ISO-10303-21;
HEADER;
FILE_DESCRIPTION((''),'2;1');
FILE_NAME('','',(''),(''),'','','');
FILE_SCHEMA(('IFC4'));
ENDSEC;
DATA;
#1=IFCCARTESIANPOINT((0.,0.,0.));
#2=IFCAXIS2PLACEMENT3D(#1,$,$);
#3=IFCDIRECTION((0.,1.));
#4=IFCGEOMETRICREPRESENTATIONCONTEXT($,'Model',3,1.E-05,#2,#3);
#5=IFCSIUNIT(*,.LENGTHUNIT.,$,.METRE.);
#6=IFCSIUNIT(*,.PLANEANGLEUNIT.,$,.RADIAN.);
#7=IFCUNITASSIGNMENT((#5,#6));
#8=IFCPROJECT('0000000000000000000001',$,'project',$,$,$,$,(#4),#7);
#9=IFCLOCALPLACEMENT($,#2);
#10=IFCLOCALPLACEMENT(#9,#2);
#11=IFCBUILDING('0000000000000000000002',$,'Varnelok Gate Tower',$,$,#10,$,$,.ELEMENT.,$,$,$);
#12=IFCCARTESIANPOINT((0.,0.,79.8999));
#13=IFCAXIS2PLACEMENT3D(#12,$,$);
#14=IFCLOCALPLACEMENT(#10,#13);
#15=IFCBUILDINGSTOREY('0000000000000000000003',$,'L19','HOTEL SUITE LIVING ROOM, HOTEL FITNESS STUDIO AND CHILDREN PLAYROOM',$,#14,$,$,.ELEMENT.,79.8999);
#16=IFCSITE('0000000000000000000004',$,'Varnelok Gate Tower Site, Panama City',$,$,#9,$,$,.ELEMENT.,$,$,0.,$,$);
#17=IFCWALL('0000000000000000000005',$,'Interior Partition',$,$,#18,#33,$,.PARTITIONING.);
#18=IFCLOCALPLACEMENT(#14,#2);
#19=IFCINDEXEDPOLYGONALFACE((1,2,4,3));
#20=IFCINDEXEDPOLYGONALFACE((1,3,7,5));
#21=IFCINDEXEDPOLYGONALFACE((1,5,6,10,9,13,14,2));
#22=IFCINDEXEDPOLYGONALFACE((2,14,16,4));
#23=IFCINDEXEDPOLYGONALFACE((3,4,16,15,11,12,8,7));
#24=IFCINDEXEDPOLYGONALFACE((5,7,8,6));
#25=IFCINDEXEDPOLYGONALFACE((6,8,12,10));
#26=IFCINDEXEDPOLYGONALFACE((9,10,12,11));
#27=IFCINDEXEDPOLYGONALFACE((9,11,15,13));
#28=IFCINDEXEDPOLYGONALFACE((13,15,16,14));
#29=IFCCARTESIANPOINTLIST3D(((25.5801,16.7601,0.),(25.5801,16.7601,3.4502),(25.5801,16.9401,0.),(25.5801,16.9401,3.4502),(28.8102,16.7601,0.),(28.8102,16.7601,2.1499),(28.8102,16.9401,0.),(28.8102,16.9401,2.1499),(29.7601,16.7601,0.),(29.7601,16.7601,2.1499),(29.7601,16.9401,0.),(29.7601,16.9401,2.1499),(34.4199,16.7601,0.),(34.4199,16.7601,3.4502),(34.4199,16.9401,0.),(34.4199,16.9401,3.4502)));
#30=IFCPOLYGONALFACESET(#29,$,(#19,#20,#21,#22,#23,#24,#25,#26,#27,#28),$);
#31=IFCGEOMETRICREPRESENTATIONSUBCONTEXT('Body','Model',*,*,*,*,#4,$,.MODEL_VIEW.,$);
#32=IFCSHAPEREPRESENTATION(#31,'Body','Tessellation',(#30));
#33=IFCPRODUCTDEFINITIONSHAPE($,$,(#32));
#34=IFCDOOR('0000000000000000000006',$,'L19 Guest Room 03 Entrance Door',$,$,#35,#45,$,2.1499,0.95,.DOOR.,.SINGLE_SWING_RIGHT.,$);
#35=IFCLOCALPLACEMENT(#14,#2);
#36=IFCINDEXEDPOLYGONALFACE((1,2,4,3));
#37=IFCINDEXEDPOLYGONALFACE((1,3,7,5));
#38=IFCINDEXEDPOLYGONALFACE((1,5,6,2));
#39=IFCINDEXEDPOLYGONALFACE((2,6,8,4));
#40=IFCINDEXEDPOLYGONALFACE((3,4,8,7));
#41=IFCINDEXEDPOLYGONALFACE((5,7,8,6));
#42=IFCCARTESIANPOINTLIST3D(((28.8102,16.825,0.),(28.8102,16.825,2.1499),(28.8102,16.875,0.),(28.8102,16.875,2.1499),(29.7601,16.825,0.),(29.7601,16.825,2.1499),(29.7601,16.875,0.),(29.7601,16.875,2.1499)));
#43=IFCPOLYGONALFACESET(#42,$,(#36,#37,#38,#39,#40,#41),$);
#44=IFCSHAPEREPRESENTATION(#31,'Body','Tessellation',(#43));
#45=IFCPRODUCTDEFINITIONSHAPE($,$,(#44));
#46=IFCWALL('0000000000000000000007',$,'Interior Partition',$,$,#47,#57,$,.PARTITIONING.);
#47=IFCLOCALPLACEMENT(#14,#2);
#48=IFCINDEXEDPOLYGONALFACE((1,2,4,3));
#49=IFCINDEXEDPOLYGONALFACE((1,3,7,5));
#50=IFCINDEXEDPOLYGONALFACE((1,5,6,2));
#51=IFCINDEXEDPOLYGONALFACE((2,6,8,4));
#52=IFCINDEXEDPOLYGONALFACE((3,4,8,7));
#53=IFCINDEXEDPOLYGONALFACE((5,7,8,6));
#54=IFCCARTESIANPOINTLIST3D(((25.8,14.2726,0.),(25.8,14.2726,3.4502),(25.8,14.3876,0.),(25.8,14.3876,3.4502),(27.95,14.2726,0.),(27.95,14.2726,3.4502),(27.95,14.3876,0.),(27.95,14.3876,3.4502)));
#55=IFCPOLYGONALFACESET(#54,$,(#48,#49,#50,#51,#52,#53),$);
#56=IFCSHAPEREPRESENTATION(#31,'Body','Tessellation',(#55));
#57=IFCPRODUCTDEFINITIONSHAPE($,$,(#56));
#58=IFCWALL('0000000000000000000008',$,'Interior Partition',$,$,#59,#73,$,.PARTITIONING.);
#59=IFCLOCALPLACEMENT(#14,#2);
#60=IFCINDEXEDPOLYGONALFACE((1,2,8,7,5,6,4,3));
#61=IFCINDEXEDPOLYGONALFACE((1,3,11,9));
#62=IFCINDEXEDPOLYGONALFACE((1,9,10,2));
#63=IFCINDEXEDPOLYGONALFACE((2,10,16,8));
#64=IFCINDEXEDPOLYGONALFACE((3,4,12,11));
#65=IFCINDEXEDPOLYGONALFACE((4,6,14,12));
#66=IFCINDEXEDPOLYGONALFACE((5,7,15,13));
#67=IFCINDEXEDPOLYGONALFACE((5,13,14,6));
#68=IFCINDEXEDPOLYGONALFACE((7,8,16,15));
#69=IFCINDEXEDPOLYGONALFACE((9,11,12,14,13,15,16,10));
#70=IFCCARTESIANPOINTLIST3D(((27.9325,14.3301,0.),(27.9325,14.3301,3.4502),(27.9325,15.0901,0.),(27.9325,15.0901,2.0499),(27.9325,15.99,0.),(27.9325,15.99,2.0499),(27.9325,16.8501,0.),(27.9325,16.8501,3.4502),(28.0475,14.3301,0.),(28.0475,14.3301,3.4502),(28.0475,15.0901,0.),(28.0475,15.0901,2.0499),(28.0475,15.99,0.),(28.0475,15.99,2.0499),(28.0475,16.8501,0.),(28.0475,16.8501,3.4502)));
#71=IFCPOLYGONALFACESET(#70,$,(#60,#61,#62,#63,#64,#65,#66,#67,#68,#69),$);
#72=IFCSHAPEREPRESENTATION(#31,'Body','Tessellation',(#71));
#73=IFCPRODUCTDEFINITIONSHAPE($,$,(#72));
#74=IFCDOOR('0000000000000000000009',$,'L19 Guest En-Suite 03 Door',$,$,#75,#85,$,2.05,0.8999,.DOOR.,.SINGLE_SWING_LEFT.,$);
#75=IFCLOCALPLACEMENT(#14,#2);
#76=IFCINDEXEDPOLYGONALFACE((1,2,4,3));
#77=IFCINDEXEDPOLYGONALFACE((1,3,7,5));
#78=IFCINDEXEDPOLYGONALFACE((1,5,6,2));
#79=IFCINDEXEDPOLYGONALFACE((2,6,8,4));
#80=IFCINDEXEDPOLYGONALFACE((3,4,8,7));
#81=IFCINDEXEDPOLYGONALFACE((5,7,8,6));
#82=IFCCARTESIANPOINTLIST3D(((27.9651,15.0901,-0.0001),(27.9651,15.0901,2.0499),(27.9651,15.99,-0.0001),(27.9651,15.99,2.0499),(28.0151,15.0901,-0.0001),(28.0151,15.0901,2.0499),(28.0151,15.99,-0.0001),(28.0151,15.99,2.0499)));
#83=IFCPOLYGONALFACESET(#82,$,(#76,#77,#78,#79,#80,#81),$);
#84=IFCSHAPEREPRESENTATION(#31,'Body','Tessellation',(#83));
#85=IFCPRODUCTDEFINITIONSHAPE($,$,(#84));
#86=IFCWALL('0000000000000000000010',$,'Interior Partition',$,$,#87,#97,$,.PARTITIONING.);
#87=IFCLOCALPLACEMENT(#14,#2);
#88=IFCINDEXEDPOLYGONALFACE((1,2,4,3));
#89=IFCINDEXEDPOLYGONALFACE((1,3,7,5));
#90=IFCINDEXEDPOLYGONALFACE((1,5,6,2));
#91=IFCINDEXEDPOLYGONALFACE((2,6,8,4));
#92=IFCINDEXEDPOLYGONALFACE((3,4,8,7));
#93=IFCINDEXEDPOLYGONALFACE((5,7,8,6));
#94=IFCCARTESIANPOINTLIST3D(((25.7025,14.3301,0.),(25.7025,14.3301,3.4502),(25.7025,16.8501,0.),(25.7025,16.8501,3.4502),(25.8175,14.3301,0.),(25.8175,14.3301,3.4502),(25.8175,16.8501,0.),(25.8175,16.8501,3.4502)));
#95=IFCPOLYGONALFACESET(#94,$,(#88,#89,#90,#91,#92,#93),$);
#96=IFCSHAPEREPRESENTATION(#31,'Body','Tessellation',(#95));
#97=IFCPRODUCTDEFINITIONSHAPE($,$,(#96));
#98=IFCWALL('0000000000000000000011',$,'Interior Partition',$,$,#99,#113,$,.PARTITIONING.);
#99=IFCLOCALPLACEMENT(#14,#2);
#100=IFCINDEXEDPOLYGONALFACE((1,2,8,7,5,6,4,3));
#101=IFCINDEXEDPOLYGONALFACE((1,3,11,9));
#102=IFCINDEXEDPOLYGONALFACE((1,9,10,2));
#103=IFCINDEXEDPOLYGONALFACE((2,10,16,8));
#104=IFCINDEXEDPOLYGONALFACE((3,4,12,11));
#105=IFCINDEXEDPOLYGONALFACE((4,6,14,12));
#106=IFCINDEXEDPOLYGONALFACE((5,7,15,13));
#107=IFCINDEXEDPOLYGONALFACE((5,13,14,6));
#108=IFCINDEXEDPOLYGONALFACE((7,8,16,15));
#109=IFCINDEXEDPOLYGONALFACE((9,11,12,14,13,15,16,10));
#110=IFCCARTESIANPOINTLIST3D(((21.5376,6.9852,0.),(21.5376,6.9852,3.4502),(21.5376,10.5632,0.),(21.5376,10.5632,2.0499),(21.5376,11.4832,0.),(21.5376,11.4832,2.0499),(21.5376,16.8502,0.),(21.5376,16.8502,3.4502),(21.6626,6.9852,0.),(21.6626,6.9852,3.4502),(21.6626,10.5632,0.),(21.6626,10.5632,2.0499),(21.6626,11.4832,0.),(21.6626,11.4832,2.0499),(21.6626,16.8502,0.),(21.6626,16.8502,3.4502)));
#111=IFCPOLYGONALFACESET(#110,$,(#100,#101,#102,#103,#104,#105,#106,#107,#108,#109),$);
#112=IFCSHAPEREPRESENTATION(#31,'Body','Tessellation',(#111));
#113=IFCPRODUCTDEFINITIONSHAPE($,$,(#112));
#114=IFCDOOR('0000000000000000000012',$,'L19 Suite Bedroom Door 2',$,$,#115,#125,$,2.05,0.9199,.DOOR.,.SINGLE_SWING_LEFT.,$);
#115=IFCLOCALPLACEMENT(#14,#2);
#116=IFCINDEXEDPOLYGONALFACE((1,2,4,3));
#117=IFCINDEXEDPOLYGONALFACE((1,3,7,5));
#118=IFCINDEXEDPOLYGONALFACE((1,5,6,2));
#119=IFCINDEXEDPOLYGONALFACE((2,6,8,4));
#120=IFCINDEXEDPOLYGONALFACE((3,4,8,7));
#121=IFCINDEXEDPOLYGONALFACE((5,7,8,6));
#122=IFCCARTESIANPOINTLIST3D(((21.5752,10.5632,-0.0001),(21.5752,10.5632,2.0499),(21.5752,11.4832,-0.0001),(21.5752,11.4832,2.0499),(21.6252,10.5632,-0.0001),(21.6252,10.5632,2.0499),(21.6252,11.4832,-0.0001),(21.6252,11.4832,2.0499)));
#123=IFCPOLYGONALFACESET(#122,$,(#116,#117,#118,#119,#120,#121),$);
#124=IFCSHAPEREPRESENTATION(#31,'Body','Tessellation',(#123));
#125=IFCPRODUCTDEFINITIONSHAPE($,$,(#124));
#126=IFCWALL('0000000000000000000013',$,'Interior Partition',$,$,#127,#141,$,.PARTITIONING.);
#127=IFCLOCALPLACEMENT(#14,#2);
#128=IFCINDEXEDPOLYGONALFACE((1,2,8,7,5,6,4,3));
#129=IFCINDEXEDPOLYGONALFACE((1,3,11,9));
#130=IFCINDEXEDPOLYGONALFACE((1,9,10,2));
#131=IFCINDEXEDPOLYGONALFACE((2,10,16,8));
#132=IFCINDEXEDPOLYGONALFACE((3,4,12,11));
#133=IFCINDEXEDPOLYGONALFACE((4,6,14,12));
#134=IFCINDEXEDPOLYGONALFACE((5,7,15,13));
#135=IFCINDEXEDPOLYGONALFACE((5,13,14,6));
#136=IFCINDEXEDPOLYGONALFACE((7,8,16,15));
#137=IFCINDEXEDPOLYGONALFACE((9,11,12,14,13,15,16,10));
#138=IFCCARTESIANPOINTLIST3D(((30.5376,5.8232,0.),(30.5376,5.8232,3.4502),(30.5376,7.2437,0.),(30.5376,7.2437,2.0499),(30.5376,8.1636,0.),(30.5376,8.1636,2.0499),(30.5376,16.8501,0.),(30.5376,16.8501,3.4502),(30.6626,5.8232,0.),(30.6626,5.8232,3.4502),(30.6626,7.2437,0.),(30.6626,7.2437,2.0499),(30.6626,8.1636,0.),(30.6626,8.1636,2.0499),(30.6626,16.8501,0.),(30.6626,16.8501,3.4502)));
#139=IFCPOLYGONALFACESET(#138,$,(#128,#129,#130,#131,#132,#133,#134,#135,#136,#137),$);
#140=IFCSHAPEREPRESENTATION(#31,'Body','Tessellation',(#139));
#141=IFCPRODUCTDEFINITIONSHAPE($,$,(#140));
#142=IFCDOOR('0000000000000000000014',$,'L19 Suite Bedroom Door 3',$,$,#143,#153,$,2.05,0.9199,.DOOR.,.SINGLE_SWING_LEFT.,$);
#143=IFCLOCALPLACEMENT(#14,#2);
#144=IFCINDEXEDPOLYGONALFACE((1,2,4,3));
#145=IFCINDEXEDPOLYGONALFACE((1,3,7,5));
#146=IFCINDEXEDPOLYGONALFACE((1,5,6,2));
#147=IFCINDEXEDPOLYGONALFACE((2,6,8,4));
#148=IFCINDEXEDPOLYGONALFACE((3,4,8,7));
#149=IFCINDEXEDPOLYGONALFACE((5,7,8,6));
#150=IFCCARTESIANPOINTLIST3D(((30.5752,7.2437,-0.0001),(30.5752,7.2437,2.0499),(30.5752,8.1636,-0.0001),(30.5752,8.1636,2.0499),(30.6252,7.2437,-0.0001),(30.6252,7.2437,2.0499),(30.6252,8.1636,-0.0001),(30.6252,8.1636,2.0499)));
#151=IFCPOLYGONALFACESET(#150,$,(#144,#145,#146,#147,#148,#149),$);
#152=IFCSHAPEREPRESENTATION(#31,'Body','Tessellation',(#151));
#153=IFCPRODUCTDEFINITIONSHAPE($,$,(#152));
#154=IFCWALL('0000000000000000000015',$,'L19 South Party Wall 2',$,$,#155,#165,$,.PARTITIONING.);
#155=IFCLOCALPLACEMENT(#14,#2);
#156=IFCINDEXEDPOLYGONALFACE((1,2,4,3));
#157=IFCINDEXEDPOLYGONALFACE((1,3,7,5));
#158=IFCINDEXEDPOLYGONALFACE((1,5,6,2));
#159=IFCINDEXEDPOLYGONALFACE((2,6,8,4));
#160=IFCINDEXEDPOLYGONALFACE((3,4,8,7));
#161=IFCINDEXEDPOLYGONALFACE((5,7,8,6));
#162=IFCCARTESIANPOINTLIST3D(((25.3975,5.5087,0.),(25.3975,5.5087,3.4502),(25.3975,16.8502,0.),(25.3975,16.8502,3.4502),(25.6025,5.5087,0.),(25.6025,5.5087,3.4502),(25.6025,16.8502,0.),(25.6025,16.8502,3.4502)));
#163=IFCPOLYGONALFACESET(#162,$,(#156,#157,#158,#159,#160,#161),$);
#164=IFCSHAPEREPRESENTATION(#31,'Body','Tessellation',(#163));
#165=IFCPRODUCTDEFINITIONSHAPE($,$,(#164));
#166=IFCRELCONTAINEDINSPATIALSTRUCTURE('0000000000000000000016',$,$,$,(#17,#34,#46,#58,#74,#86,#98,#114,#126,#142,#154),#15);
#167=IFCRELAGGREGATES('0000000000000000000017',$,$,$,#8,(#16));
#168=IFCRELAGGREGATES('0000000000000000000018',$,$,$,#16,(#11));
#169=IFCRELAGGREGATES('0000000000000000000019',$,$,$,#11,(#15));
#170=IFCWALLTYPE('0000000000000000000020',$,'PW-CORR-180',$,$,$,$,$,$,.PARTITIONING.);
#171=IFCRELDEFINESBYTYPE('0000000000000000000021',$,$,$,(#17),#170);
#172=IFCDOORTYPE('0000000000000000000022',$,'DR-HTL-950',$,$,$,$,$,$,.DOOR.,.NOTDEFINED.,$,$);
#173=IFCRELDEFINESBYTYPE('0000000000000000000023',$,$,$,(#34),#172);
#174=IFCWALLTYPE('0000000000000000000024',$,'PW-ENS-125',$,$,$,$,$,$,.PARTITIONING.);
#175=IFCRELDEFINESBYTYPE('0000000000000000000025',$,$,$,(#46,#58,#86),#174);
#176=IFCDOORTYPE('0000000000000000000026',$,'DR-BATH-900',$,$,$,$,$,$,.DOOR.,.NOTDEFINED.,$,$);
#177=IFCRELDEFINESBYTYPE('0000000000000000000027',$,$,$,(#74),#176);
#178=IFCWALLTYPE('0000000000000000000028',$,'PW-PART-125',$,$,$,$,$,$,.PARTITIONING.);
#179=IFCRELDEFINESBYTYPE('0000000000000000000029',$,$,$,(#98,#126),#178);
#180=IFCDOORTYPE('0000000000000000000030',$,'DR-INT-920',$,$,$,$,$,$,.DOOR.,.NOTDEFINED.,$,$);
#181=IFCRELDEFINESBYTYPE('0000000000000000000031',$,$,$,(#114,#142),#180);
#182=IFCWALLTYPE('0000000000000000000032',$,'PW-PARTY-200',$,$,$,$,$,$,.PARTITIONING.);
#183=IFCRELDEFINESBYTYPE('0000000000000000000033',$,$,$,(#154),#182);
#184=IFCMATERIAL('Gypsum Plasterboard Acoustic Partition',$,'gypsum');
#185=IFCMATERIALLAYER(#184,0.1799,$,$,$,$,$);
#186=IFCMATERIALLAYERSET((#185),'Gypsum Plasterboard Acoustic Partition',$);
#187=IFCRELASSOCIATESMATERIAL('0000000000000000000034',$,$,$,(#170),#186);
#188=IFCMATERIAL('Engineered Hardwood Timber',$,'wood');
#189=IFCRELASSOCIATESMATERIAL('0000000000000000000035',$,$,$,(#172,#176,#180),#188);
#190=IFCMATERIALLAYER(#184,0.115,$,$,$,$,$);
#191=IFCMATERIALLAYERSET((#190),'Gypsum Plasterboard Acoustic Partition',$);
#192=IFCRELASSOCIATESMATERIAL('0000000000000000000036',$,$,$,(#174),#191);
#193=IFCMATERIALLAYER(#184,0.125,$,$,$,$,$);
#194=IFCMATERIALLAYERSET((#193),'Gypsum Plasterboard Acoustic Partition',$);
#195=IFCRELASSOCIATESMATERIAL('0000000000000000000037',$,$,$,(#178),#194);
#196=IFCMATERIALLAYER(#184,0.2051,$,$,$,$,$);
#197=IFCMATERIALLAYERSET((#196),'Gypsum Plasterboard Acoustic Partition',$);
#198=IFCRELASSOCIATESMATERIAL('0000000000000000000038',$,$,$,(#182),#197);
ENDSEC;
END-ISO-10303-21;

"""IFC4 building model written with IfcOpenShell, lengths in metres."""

from ifc_helpers import new_model, si_unit, direction, frame, frame_2d, origin, place, context, subcontext, project, spatial, rectangle, extrude, material, layer, layer_set, type_object, element, fill, save


model = new_model("IFC4")

# Units and contexts
model_context = context("Model", 3, precision=1e-05, world=origin(), true_north=direction((0.0, 1.0)))
body_context = subcontext(model_context, "Body", "Model", "MODEL_VIEW")
ifc_project = project(units=[si_unit("LENGTHUNIT", "METRE"), si_unit("PLANEANGLEUNIT", "RADIAN")], contexts=[model_context])

# Site, building, storey
site_placement = place(None, origin())
site = spatial("IfcSite", under=ifc_project, at=site_placement, Name="Varnelok Gate Tower Site, Panama City", CompositionType="ELEMENT", RefElevation=0.0)
building_placement = place(site_placement, origin())
building = spatial("IfcBuilding", under=site, at=building_placement, Name="Varnelok Gate Tower", CompositionType="ELEMENT")
storey_placement = place(building_placement, frame((0.0, 0.0, 79.8999)))
storey = spatial("IfcBuildingStorey", under=building, at=storey_placement, Name="L19", Description="HOTEL SUITE LIVING ROOM, HOTEL FITNESS STUDIO AND CHILDREN PLAYROOM", CompositionType="ELEMENT", Elevation=79.8999)

# Wall, opening, door
ifc_material_1 = material(Name="Gypsum Plasterboard Acoustic Partition", Category="gypsum")
ifc_layer_1 = layer(ifc_material_1, 0.1799)
ifc_layer_set_1 = layer_set([ifc_layer_1], Name="Gypsum Plasterboard Acoustic Partition")
wall_type_1 = type_object("IfcWallType", Name="PW-CORR-180", PredefinedType="PARTITIONING", material=ifc_layer_set_1)
wall_1_placement = place(storey_placement, frame((25.5801, 16.8501, 0.0), z_axis=(0.0, 0.0, 1.0), x_axis=(1.0, 0.0, 0.0)))
wall_1 = element("IfcWall", 1, at=wall_1_placement, inside=storey, type_object=wall_type_1, Name="Interior Partition", PredefinedType="PARTITIONING", context=body_context, shape_type="SweptSolid", body=[
    extrude(rectangle(XDim=8.8398, YDim=0.1799, at=frame_2d((4.4199, 0.0))), origin(), (0.0, 0.0, 1.0), 3.4502),
])
opening_1_placement = place(wall_1_placement, frame((3.23, 0.0, 0.0)))
opening_1 = element("IfcOpeningElement", 2, at=opening_1_placement, cuts=wall_1, PredefinedType="OPENING", context=body_context, shape_type="SweptSolid", body=[
    extrude(rectangle(XDim=0.95, YDim=2.1499, at=frame_2d((0.4751, 1.075))), frame((0.0, 0.0999, 0.0), z_axis=(0.0, -1.0, 0.0), x_axis=(1.0, 0.0, 0.0)), (0.0, 0.0, 1.0), 0.2),
])
ifc_material_2 = material(Name="Engineered Hardwood Timber", Category="wood")
door_type_1 = type_object("IfcDoorType", Name="DR-HTL-950", OperationType="NOTDEFINED", PredefinedType="DOOR", material=ifc_material_2)
door_1_placement = place(opening_1_placement, origin())
door_1 = element("IfcDoor", 3, at=door_1_placement, inside=storey, type_object=door_type_1, Name="L19 Guest Room 03 Entrance Door", OperationType="SINGLE_SWING_RIGHT", OverallHeight=2.1499, OverallWidth=0.95, PredefinedType="DOOR", context=body_context, shape_type="SweptSolid", body=[
    extrude(rectangle(XDim=0.95, YDim=2.1499, at=frame_2d((0.4751, 1.075))), frame((0.0, 0.0249, 0.0), z_axis=(0.0, -1.0, 0.0), x_axis=(1.0, 0.0, 0.0)), (0.0, 0.0, 1.0), 0.05),
])
fill(opening_1, door_1)

# Wall
ifc_layer_2 = layer(ifc_material_1, 0.115)
ifc_layer_set_2 = layer_set([ifc_layer_2], Name="Gypsum Plasterboard Acoustic Partition")
wall_type_2 = type_object("IfcWallType", Name="PW-ENS-125", PredefinedType="PARTITIONING", material=ifc_layer_set_2)
wall_2_placement = place(storey_placement, frame((25.8, 14.3301, 0.0), z_axis=(0.0, 0.0, 1.0), x_axis=(1.0, 0.0, 0.0)))
element("IfcWall", 4, at=wall_2_placement, inside=storey, type_object=wall_type_2, Name="Interior Partition", PredefinedType="PARTITIONING", context=body_context, shape_type="SweptSolid", body=[
    extrude(rectangle(XDim=2.1499, YDim=0.115, at=frame_2d((1.075, 0.0))), origin(), (0.0, 0.0, 1.0), 3.4502),
])

# Wall, opening, door
wall_3_placement = place(storey_placement, frame((27.99, 14.3301, 0.0), z_axis=(0.0, 0.0, 1.0), x_axis=(0.0, 1.0, 0.0)))
wall_3 = element("IfcWall", 5, at=wall_3_placement, inside=storey, type_object=wall_type_2, Name="Interior Partition", PredefinedType="PARTITIONING", context=body_context, shape_type="SweptSolid", body=[
    extrude(rectangle(XDim=2.52, YDim=0.115, at=frame_2d((1.26, 0.0))), origin(), (0.0, 0.0, 1.0), 3.4502),
])
opening_2_placement = place(wall_3_placement, frame((0.76, 0.0, 0.0)))
opening_2 = element("IfcOpeningElement", 6, at=opening_2_placement, cuts=wall_3, PredefinedType="OPENING", context=body_context, shape_type="SweptSolid", body=[
    extrude(rectangle(XDim=0.8999, YDim=2.05, at=frame_2d((0.45, 1.0249))), frame((0.0, 0.0674, 0.0), z_axis=(0.0, -1.0, 0.0), x_axis=(1.0, 0.0, 0.0)), (0.0, 0.0, 1.0), 0.135),
])
door_type_2 = type_object("IfcDoorType", Name="DR-BATH-900", OperationType="NOTDEFINED", PredefinedType="DOOR", material=ifc_material_2)
door_2_placement = place(opening_2_placement, origin())
door_2 = element("IfcDoor", 7, at=door_2_placement, inside=storey, type_object=door_type_2, Name="L19 Guest En-Suite 03 Door", OperationType="SINGLE_SWING_LEFT", OverallHeight=2.05, OverallWidth=0.8999, PredefinedType="DOOR", context=body_context, shape_type="SweptSolid", body=[
    extrude(rectangle(XDim=0.8999, YDim=2.05, at=frame_2d((0.45, 1.0249))), frame((0.0, 0.0249, 0.0), z_axis=(0.0, -1.0, 0.0), x_axis=(1.0, 0.0, 0.0)), (0.0, 0.0, 1.0), 0.05),
])
fill(opening_2, door_2)

# Wall
wall_4_placement = place(storey_placement, frame((25.76, 14.3301, 0.0), z_axis=(0.0, 0.0, 1.0), x_axis=(0.0, 1.0, 0.0)))
element("IfcWall", 8, at=wall_4_placement, inside=storey, type_object=wall_type_2, Name="Interior Partition", PredefinedType="PARTITIONING", context=body_context, shape_type="SweptSolid", body=[
    extrude(rectangle(XDim=2.52, YDim=0.115, at=frame_2d((1.26, 0.0))), origin(), (0.0, 0.0, 1.0), 3.4502),
])

# Walls, openings, doors
ifc_layer_3 = layer(ifc_material_1, 0.125)
ifc_layer_set_3 = layer_set([ifc_layer_3], Name="Gypsum Plasterboard Acoustic Partition")
wall_type_3 = type_object("IfcWallType", Name="PW-PART-125", PredefinedType="PARTITIONING", material=ifc_layer_set_3)
wall_5_placement = place(storey_placement, frame((21.6001, 6.9851, 0.0), z_axis=(0.0, 0.0, 1.0), x_axis=(0.0, 1.0, 0.0)))
wall_5 = element("IfcWall", 9, at=wall_5_placement, inside=storey, type_object=wall_type_3, Name="Interior Partition", PredefinedType="PARTITIONING", context=body_context, shape_type="SweptSolid", body=[
    extrude(rectangle(XDim=9.865, YDim=0.125, at=frame_2d((4.9326, 0.0))), origin(), (0.0, 0.0, 1.0), 3.4502),
])
opening_3_placement = place(wall_5_placement, frame((3.5781, 0.0, 0.0)))
opening_3 = element("IfcOpeningElement", 10, at=opening_3_placement, cuts=wall_5, PredefinedType="OPENING", context=body_context, shape_type="SweptSolid", body=[
    extrude(rectangle(XDim=0.9199, YDim=2.05, at=frame_2d((0.46, 1.0249))), frame((0.0, 0.0725, 0.0), z_axis=(0.0, -1.0, 0.0), x_axis=(1.0, 0.0, 0.0)), (0.0, 0.0, 1.0), 0.145),
])
door_type_3 = type_object("IfcDoorType", Name="DR-INT-920", OperationType="NOTDEFINED", PredefinedType="DOOR", material=ifc_material_2)
door_3_placement = place(opening_3_placement, origin())
door_3 = element("IfcDoor", 11, at=door_3_placement, inside=storey, type_object=door_type_3, Name="L19 Suite Bedroom Door 2", OperationType="SINGLE_SWING_LEFT", OverallHeight=2.05, OverallWidth=0.9199, PredefinedType="DOOR", context=body_context, shape_type="SweptSolid", body=[
    extrude(rectangle(XDim=0.9199, YDim=2.05, at=frame_2d((0.46, 1.0249))), frame((0.0, 0.0249, 0.0), z_axis=(0.0, -1.0, 0.0), x_axis=(1.0, 0.0, 0.0)), (0.0, 0.0, 1.0), 0.05),
])
fill(opening_3, door_3)
wall_6_placement = place(storey_placement, frame((30.6001, 5.8232, 0.0), z_axis=(0.0, 0.0, 1.0), x_axis=(0.0, 1.0, 0.0)))
wall_6 = element("IfcWall", 12, at=wall_6_placement, inside=storey, type_object=wall_type_3, Name="Interior Partition", PredefinedType="PARTITIONING", context=body_context, shape_type="SweptSolid", body=[
    extrude(rectangle(XDim=11.0269, YDim=0.125, at=frame_2d((5.5134, 0.0))), origin(), (0.0, 0.0, 1.0), 3.4502),
])
opening_4_placement = place(wall_6_placement, frame((1.4204, 0.0, 0.0)))
opening_4 = element("IfcOpeningElement", 13, at=opening_4_placement, cuts=wall_6, PredefinedType="OPENING", context=body_context, shape_type="SweptSolid", body=[
    extrude(rectangle(XDim=0.9199, YDim=2.05, at=frame_2d((0.46, 1.0249))), frame((0.0, 0.0725, 0.0), z_axis=(0.0, -1.0, 0.0), x_axis=(1.0, 0.0, 0.0)), (0.0, 0.0, 1.0), 0.145),
])
door_4_placement = place(opening_4_placement, origin())
door_4 = element("IfcDoor", 14, at=door_4_placement, inside=storey, type_object=door_type_3, Name="L19 Suite Bedroom Door 3", OperationType="SINGLE_SWING_LEFT", OverallHeight=2.05, OverallWidth=0.9199, PredefinedType="DOOR", context=body_context, shape_type="SweptSolid", body=[
    extrude(rectangle(XDim=0.9199, YDim=2.05, at=frame_2d((0.46, 1.0249))), frame((0.0, 0.0249, 0.0), z_axis=(0.0, -1.0, 0.0), x_axis=(1.0, 0.0, 0.0)), (0.0, 0.0, 1.0), 0.05),
])
fill(opening_4, door_4)

# Wall
ifc_layer_4 = layer(ifc_material_1, 0.2051)
ifc_layer_set_4 = layer_set([ifc_layer_4], Name="Gypsum Plasterboard Acoustic Partition")
wall_type_4 = type_object("IfcWallType", Name="PW-PARTY-200", PredefinedType="PARTITIONING", material=ifc_layer_set_4)
wall_7_placement = place(storey_placement, frame((25.5, 5.5085, 0.0), z_axis=(0.0, 0.0, 1.0), x_axis=(0.0, 1.0, 0.0)))
element("IfcWall", 15, at=wall_7_placement, inside=storey, type_object=wall_type_4, Name="L19 South Party Wall 2", PredefinedType="PARTITIONING", context=body_context, shape_type="SweptSolid", body=[
    extrude(rectangle(XDim=11.3416, YDim=0.2051, at=frame_2d((5.6709, 0.0))), origin(), (0.0, 0.0, 1.0), 3.4502),
])

save(model, "model.ifc")
